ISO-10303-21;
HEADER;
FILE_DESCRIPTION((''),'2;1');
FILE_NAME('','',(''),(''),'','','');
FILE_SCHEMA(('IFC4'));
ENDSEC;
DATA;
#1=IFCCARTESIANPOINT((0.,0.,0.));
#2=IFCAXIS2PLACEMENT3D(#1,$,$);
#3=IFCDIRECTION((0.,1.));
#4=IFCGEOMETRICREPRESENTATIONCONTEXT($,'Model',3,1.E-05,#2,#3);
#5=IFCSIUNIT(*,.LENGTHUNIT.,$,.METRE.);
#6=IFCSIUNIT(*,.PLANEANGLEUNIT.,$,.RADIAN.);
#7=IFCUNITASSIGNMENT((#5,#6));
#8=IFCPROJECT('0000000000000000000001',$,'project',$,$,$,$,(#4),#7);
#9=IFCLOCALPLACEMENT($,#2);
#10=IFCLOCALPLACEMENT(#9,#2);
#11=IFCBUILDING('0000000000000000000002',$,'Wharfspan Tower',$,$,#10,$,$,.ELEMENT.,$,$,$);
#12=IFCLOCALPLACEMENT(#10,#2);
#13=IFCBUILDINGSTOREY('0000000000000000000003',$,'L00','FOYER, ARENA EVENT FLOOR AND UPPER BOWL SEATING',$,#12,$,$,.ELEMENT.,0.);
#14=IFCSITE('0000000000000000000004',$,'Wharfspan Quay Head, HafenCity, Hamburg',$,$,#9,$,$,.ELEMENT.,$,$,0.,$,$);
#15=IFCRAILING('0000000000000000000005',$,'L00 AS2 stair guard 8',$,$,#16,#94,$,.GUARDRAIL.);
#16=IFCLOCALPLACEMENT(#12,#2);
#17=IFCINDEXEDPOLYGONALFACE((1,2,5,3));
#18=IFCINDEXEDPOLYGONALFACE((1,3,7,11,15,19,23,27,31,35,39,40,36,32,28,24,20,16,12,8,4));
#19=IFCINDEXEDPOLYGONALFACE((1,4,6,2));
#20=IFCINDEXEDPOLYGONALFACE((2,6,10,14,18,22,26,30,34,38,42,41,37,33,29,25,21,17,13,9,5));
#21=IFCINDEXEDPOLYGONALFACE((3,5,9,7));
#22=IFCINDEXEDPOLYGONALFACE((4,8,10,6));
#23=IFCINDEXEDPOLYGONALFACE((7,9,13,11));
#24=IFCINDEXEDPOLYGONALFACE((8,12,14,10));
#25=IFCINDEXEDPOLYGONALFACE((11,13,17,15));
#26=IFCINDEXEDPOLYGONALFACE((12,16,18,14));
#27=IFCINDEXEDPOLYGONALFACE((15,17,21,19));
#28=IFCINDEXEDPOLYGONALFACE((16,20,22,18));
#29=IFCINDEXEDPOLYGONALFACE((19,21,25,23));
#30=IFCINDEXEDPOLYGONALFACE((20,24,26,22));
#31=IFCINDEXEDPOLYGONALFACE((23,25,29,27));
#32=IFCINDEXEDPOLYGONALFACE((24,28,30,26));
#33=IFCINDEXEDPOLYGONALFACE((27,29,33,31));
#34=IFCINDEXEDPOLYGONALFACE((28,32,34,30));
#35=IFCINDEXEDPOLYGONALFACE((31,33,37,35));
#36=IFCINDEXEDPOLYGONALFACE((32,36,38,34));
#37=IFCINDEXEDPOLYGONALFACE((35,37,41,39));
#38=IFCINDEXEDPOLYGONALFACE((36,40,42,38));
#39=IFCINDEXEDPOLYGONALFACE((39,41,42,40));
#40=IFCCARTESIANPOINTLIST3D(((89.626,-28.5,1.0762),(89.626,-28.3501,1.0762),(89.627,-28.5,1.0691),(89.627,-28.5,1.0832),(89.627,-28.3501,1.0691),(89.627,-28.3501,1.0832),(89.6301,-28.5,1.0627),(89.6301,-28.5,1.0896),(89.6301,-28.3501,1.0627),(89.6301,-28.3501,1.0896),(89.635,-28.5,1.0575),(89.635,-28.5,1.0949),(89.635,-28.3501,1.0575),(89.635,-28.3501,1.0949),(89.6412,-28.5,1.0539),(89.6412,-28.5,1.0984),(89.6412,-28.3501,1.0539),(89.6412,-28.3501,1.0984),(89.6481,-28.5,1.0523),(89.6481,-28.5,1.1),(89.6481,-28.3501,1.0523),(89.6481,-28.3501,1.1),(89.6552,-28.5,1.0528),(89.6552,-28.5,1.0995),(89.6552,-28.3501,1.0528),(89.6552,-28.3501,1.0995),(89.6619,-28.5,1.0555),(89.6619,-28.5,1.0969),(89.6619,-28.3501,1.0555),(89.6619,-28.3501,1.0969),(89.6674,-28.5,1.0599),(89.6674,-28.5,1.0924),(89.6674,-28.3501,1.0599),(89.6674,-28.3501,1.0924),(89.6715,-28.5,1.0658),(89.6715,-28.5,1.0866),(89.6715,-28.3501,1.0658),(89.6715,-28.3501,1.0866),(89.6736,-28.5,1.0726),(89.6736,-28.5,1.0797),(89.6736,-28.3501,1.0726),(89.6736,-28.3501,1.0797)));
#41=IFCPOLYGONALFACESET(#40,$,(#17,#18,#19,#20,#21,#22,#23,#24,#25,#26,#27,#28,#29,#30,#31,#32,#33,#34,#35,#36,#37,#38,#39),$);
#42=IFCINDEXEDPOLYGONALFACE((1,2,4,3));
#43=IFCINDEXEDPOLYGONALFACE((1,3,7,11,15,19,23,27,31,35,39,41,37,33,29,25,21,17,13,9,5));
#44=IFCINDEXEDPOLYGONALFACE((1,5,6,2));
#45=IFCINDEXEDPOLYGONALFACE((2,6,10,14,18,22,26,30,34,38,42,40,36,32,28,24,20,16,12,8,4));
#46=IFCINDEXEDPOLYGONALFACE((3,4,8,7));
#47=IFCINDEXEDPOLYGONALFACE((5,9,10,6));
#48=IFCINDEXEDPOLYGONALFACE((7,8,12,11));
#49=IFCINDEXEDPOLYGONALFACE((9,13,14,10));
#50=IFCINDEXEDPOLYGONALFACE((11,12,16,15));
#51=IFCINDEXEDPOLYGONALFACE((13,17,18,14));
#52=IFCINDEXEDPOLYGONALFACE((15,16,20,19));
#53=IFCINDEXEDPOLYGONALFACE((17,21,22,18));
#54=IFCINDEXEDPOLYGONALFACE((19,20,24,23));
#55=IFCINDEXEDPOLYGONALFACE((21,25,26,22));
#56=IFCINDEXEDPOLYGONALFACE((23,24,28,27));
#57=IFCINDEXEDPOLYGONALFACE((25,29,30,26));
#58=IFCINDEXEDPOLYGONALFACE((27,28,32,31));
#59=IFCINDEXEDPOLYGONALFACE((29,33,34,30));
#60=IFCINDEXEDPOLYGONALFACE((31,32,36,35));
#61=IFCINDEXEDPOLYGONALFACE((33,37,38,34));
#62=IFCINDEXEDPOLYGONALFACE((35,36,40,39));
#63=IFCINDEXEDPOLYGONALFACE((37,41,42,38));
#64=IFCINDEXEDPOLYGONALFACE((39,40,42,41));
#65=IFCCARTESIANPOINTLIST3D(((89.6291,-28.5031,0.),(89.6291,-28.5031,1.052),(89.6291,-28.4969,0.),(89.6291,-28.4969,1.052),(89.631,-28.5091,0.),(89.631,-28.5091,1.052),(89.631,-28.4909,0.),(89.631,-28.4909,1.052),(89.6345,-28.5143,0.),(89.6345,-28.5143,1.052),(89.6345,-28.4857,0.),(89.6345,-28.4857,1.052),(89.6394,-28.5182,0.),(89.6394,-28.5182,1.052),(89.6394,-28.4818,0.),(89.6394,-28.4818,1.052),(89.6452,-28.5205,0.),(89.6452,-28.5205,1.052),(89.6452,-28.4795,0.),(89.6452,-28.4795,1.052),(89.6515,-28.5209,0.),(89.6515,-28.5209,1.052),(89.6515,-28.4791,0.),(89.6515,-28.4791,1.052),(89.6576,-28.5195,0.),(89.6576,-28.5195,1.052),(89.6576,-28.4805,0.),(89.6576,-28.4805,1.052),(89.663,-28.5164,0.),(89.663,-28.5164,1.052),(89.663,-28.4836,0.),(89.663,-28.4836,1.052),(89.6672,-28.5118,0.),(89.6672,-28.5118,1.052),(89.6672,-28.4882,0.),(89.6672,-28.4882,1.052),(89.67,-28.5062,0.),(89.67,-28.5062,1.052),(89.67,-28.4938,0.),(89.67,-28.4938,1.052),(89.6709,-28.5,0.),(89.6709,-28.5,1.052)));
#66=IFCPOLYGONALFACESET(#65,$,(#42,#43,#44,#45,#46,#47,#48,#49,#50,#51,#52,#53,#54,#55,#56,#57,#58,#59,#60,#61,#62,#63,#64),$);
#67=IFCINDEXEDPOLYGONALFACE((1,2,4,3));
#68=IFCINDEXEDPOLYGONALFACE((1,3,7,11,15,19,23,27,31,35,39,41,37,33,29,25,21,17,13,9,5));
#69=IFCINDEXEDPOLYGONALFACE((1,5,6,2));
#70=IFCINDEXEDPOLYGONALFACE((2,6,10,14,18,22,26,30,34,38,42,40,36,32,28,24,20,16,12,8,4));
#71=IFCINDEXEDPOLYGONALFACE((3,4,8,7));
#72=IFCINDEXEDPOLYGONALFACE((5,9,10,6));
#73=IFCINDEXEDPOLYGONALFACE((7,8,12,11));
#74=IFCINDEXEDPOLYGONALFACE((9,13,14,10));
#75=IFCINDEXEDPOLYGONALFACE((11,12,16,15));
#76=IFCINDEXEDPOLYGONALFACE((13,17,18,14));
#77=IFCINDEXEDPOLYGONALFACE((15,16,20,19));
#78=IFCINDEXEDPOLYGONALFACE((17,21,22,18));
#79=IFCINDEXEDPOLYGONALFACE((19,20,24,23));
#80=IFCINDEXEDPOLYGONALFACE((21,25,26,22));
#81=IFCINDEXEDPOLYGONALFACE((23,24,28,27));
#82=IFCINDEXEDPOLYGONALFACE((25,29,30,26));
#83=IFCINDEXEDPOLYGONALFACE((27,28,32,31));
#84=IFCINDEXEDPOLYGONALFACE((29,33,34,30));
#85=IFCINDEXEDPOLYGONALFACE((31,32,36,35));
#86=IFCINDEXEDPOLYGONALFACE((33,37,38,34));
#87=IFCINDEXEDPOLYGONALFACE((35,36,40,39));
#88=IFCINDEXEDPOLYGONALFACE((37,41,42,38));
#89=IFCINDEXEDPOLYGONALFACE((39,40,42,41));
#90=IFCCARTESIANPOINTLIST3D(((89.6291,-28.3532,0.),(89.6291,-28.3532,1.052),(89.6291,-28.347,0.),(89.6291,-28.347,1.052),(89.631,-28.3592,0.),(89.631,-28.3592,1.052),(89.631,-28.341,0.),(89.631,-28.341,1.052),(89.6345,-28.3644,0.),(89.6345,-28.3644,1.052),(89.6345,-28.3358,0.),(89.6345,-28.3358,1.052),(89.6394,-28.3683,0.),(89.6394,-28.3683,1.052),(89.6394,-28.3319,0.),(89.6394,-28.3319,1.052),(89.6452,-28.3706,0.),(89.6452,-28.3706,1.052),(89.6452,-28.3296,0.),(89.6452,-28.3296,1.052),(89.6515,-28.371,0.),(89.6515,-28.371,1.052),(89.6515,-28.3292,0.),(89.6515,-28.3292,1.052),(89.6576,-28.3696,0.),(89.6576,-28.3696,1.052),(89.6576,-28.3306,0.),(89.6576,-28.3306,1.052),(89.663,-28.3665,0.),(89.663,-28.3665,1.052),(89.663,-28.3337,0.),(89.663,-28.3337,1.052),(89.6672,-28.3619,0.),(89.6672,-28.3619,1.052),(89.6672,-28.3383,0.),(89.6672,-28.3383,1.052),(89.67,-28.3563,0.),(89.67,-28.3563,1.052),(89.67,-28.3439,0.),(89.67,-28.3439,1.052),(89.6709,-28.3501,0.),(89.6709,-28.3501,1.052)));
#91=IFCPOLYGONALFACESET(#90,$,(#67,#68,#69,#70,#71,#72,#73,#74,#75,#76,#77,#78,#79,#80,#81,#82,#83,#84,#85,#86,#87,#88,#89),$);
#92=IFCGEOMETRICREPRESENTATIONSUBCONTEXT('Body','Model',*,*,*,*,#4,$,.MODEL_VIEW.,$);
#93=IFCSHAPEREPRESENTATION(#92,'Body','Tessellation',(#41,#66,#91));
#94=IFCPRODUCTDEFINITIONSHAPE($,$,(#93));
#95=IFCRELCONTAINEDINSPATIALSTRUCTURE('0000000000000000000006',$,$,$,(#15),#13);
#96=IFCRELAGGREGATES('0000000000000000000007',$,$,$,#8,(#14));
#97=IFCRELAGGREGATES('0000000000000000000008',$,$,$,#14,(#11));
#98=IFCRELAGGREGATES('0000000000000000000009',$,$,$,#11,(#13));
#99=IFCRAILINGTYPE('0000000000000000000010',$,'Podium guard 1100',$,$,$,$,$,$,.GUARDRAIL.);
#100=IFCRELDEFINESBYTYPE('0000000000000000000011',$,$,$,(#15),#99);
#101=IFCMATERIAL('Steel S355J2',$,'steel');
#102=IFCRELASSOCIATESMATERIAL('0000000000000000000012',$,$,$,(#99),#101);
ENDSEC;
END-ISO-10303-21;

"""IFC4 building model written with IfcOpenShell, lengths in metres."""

from ifc_helpers import new_model, si_unit, direction, frame, origin, origin_2d, place, context, subcontext, project, spatial, circle, extrude, material, type_object, element, save


model = new_model("IFC4")

# Units and contexts
model_context = context("Model", 3, precision=1e-05, world=origin(), true_north=direction((0.0, 1.0)))
body_context = subcontext(model_context, "Body", "Model", "MODEL_VIEW")
ifc_project = project(units=[si_unit("LENGTHUNIT", "METRE"), si_unit("PLANEANGLEUNIT", "RADIAN")], contexts=[model_context])

# Site, building, storey
site_placement = place(None, origin())
site = spatial("IfcSite", under=ifc_project, at=site_placement, Name="Wharfspan Quay Head, HafenCity, Hamburg", CompositionType="ELEMENT", RefElevation=0.0)
building_placement = place(site_placement, origin())
building = spatial("IfcBuilding", under=site, at=building_placement, Name="Wharfspan Tower", CompositionType="ELEMENT")
storey_placement = place(building_placement, origin())
storey = spatial("IfcBuildingStorey", under=building, at=storey_placement, Name="L00", Description="FOYER, ARENA EVENT FLOOR AND UPPER BOWL SEATING", CompositionType="ELEMENT", Elevation=0.0)

# Railing
ifc_material_1 = material(Name="Steel S355J2", Category="steel")
railing_type_1 = type_object("IfcRailingType", Name="Podium guard 1100", PredefinedType="GUARDRAIL", material=ifc_material_1)
railing_1_placement = place(storey_placement, frame((89.6499, -28.5, 0.0)))
element("IfcRailing", 1, at=railing_1_placement, inside=storey, type_object=railing_type_1, Name="L00 AS2 stair guard 8", PredefinedType="GUARDRAIL", context=body_context, shape_type="SweptSolid", body=[
    extrude(circle(Radius=0.0239, at=origin_2d()), frame((0.0, 0.0, 1.0762), z_axis=(0.0, 1.0, 0.0), x_axis=(-1.0, 0.0, 0.0)), (0.0, 0.0, 1.0), 0.1499),
    extrude(circle(Radius=0.021, at=origin_2d()), origin(), (0.0, 0.0, 1.0), 1.052),
    extrude(circle(Radius=0.021, at=origin_2d()), frame((0.0, 0.1499, 0.0)), (0.0, 0.0, 1.0), 1.052),
])

save(model, "model.ifc")
